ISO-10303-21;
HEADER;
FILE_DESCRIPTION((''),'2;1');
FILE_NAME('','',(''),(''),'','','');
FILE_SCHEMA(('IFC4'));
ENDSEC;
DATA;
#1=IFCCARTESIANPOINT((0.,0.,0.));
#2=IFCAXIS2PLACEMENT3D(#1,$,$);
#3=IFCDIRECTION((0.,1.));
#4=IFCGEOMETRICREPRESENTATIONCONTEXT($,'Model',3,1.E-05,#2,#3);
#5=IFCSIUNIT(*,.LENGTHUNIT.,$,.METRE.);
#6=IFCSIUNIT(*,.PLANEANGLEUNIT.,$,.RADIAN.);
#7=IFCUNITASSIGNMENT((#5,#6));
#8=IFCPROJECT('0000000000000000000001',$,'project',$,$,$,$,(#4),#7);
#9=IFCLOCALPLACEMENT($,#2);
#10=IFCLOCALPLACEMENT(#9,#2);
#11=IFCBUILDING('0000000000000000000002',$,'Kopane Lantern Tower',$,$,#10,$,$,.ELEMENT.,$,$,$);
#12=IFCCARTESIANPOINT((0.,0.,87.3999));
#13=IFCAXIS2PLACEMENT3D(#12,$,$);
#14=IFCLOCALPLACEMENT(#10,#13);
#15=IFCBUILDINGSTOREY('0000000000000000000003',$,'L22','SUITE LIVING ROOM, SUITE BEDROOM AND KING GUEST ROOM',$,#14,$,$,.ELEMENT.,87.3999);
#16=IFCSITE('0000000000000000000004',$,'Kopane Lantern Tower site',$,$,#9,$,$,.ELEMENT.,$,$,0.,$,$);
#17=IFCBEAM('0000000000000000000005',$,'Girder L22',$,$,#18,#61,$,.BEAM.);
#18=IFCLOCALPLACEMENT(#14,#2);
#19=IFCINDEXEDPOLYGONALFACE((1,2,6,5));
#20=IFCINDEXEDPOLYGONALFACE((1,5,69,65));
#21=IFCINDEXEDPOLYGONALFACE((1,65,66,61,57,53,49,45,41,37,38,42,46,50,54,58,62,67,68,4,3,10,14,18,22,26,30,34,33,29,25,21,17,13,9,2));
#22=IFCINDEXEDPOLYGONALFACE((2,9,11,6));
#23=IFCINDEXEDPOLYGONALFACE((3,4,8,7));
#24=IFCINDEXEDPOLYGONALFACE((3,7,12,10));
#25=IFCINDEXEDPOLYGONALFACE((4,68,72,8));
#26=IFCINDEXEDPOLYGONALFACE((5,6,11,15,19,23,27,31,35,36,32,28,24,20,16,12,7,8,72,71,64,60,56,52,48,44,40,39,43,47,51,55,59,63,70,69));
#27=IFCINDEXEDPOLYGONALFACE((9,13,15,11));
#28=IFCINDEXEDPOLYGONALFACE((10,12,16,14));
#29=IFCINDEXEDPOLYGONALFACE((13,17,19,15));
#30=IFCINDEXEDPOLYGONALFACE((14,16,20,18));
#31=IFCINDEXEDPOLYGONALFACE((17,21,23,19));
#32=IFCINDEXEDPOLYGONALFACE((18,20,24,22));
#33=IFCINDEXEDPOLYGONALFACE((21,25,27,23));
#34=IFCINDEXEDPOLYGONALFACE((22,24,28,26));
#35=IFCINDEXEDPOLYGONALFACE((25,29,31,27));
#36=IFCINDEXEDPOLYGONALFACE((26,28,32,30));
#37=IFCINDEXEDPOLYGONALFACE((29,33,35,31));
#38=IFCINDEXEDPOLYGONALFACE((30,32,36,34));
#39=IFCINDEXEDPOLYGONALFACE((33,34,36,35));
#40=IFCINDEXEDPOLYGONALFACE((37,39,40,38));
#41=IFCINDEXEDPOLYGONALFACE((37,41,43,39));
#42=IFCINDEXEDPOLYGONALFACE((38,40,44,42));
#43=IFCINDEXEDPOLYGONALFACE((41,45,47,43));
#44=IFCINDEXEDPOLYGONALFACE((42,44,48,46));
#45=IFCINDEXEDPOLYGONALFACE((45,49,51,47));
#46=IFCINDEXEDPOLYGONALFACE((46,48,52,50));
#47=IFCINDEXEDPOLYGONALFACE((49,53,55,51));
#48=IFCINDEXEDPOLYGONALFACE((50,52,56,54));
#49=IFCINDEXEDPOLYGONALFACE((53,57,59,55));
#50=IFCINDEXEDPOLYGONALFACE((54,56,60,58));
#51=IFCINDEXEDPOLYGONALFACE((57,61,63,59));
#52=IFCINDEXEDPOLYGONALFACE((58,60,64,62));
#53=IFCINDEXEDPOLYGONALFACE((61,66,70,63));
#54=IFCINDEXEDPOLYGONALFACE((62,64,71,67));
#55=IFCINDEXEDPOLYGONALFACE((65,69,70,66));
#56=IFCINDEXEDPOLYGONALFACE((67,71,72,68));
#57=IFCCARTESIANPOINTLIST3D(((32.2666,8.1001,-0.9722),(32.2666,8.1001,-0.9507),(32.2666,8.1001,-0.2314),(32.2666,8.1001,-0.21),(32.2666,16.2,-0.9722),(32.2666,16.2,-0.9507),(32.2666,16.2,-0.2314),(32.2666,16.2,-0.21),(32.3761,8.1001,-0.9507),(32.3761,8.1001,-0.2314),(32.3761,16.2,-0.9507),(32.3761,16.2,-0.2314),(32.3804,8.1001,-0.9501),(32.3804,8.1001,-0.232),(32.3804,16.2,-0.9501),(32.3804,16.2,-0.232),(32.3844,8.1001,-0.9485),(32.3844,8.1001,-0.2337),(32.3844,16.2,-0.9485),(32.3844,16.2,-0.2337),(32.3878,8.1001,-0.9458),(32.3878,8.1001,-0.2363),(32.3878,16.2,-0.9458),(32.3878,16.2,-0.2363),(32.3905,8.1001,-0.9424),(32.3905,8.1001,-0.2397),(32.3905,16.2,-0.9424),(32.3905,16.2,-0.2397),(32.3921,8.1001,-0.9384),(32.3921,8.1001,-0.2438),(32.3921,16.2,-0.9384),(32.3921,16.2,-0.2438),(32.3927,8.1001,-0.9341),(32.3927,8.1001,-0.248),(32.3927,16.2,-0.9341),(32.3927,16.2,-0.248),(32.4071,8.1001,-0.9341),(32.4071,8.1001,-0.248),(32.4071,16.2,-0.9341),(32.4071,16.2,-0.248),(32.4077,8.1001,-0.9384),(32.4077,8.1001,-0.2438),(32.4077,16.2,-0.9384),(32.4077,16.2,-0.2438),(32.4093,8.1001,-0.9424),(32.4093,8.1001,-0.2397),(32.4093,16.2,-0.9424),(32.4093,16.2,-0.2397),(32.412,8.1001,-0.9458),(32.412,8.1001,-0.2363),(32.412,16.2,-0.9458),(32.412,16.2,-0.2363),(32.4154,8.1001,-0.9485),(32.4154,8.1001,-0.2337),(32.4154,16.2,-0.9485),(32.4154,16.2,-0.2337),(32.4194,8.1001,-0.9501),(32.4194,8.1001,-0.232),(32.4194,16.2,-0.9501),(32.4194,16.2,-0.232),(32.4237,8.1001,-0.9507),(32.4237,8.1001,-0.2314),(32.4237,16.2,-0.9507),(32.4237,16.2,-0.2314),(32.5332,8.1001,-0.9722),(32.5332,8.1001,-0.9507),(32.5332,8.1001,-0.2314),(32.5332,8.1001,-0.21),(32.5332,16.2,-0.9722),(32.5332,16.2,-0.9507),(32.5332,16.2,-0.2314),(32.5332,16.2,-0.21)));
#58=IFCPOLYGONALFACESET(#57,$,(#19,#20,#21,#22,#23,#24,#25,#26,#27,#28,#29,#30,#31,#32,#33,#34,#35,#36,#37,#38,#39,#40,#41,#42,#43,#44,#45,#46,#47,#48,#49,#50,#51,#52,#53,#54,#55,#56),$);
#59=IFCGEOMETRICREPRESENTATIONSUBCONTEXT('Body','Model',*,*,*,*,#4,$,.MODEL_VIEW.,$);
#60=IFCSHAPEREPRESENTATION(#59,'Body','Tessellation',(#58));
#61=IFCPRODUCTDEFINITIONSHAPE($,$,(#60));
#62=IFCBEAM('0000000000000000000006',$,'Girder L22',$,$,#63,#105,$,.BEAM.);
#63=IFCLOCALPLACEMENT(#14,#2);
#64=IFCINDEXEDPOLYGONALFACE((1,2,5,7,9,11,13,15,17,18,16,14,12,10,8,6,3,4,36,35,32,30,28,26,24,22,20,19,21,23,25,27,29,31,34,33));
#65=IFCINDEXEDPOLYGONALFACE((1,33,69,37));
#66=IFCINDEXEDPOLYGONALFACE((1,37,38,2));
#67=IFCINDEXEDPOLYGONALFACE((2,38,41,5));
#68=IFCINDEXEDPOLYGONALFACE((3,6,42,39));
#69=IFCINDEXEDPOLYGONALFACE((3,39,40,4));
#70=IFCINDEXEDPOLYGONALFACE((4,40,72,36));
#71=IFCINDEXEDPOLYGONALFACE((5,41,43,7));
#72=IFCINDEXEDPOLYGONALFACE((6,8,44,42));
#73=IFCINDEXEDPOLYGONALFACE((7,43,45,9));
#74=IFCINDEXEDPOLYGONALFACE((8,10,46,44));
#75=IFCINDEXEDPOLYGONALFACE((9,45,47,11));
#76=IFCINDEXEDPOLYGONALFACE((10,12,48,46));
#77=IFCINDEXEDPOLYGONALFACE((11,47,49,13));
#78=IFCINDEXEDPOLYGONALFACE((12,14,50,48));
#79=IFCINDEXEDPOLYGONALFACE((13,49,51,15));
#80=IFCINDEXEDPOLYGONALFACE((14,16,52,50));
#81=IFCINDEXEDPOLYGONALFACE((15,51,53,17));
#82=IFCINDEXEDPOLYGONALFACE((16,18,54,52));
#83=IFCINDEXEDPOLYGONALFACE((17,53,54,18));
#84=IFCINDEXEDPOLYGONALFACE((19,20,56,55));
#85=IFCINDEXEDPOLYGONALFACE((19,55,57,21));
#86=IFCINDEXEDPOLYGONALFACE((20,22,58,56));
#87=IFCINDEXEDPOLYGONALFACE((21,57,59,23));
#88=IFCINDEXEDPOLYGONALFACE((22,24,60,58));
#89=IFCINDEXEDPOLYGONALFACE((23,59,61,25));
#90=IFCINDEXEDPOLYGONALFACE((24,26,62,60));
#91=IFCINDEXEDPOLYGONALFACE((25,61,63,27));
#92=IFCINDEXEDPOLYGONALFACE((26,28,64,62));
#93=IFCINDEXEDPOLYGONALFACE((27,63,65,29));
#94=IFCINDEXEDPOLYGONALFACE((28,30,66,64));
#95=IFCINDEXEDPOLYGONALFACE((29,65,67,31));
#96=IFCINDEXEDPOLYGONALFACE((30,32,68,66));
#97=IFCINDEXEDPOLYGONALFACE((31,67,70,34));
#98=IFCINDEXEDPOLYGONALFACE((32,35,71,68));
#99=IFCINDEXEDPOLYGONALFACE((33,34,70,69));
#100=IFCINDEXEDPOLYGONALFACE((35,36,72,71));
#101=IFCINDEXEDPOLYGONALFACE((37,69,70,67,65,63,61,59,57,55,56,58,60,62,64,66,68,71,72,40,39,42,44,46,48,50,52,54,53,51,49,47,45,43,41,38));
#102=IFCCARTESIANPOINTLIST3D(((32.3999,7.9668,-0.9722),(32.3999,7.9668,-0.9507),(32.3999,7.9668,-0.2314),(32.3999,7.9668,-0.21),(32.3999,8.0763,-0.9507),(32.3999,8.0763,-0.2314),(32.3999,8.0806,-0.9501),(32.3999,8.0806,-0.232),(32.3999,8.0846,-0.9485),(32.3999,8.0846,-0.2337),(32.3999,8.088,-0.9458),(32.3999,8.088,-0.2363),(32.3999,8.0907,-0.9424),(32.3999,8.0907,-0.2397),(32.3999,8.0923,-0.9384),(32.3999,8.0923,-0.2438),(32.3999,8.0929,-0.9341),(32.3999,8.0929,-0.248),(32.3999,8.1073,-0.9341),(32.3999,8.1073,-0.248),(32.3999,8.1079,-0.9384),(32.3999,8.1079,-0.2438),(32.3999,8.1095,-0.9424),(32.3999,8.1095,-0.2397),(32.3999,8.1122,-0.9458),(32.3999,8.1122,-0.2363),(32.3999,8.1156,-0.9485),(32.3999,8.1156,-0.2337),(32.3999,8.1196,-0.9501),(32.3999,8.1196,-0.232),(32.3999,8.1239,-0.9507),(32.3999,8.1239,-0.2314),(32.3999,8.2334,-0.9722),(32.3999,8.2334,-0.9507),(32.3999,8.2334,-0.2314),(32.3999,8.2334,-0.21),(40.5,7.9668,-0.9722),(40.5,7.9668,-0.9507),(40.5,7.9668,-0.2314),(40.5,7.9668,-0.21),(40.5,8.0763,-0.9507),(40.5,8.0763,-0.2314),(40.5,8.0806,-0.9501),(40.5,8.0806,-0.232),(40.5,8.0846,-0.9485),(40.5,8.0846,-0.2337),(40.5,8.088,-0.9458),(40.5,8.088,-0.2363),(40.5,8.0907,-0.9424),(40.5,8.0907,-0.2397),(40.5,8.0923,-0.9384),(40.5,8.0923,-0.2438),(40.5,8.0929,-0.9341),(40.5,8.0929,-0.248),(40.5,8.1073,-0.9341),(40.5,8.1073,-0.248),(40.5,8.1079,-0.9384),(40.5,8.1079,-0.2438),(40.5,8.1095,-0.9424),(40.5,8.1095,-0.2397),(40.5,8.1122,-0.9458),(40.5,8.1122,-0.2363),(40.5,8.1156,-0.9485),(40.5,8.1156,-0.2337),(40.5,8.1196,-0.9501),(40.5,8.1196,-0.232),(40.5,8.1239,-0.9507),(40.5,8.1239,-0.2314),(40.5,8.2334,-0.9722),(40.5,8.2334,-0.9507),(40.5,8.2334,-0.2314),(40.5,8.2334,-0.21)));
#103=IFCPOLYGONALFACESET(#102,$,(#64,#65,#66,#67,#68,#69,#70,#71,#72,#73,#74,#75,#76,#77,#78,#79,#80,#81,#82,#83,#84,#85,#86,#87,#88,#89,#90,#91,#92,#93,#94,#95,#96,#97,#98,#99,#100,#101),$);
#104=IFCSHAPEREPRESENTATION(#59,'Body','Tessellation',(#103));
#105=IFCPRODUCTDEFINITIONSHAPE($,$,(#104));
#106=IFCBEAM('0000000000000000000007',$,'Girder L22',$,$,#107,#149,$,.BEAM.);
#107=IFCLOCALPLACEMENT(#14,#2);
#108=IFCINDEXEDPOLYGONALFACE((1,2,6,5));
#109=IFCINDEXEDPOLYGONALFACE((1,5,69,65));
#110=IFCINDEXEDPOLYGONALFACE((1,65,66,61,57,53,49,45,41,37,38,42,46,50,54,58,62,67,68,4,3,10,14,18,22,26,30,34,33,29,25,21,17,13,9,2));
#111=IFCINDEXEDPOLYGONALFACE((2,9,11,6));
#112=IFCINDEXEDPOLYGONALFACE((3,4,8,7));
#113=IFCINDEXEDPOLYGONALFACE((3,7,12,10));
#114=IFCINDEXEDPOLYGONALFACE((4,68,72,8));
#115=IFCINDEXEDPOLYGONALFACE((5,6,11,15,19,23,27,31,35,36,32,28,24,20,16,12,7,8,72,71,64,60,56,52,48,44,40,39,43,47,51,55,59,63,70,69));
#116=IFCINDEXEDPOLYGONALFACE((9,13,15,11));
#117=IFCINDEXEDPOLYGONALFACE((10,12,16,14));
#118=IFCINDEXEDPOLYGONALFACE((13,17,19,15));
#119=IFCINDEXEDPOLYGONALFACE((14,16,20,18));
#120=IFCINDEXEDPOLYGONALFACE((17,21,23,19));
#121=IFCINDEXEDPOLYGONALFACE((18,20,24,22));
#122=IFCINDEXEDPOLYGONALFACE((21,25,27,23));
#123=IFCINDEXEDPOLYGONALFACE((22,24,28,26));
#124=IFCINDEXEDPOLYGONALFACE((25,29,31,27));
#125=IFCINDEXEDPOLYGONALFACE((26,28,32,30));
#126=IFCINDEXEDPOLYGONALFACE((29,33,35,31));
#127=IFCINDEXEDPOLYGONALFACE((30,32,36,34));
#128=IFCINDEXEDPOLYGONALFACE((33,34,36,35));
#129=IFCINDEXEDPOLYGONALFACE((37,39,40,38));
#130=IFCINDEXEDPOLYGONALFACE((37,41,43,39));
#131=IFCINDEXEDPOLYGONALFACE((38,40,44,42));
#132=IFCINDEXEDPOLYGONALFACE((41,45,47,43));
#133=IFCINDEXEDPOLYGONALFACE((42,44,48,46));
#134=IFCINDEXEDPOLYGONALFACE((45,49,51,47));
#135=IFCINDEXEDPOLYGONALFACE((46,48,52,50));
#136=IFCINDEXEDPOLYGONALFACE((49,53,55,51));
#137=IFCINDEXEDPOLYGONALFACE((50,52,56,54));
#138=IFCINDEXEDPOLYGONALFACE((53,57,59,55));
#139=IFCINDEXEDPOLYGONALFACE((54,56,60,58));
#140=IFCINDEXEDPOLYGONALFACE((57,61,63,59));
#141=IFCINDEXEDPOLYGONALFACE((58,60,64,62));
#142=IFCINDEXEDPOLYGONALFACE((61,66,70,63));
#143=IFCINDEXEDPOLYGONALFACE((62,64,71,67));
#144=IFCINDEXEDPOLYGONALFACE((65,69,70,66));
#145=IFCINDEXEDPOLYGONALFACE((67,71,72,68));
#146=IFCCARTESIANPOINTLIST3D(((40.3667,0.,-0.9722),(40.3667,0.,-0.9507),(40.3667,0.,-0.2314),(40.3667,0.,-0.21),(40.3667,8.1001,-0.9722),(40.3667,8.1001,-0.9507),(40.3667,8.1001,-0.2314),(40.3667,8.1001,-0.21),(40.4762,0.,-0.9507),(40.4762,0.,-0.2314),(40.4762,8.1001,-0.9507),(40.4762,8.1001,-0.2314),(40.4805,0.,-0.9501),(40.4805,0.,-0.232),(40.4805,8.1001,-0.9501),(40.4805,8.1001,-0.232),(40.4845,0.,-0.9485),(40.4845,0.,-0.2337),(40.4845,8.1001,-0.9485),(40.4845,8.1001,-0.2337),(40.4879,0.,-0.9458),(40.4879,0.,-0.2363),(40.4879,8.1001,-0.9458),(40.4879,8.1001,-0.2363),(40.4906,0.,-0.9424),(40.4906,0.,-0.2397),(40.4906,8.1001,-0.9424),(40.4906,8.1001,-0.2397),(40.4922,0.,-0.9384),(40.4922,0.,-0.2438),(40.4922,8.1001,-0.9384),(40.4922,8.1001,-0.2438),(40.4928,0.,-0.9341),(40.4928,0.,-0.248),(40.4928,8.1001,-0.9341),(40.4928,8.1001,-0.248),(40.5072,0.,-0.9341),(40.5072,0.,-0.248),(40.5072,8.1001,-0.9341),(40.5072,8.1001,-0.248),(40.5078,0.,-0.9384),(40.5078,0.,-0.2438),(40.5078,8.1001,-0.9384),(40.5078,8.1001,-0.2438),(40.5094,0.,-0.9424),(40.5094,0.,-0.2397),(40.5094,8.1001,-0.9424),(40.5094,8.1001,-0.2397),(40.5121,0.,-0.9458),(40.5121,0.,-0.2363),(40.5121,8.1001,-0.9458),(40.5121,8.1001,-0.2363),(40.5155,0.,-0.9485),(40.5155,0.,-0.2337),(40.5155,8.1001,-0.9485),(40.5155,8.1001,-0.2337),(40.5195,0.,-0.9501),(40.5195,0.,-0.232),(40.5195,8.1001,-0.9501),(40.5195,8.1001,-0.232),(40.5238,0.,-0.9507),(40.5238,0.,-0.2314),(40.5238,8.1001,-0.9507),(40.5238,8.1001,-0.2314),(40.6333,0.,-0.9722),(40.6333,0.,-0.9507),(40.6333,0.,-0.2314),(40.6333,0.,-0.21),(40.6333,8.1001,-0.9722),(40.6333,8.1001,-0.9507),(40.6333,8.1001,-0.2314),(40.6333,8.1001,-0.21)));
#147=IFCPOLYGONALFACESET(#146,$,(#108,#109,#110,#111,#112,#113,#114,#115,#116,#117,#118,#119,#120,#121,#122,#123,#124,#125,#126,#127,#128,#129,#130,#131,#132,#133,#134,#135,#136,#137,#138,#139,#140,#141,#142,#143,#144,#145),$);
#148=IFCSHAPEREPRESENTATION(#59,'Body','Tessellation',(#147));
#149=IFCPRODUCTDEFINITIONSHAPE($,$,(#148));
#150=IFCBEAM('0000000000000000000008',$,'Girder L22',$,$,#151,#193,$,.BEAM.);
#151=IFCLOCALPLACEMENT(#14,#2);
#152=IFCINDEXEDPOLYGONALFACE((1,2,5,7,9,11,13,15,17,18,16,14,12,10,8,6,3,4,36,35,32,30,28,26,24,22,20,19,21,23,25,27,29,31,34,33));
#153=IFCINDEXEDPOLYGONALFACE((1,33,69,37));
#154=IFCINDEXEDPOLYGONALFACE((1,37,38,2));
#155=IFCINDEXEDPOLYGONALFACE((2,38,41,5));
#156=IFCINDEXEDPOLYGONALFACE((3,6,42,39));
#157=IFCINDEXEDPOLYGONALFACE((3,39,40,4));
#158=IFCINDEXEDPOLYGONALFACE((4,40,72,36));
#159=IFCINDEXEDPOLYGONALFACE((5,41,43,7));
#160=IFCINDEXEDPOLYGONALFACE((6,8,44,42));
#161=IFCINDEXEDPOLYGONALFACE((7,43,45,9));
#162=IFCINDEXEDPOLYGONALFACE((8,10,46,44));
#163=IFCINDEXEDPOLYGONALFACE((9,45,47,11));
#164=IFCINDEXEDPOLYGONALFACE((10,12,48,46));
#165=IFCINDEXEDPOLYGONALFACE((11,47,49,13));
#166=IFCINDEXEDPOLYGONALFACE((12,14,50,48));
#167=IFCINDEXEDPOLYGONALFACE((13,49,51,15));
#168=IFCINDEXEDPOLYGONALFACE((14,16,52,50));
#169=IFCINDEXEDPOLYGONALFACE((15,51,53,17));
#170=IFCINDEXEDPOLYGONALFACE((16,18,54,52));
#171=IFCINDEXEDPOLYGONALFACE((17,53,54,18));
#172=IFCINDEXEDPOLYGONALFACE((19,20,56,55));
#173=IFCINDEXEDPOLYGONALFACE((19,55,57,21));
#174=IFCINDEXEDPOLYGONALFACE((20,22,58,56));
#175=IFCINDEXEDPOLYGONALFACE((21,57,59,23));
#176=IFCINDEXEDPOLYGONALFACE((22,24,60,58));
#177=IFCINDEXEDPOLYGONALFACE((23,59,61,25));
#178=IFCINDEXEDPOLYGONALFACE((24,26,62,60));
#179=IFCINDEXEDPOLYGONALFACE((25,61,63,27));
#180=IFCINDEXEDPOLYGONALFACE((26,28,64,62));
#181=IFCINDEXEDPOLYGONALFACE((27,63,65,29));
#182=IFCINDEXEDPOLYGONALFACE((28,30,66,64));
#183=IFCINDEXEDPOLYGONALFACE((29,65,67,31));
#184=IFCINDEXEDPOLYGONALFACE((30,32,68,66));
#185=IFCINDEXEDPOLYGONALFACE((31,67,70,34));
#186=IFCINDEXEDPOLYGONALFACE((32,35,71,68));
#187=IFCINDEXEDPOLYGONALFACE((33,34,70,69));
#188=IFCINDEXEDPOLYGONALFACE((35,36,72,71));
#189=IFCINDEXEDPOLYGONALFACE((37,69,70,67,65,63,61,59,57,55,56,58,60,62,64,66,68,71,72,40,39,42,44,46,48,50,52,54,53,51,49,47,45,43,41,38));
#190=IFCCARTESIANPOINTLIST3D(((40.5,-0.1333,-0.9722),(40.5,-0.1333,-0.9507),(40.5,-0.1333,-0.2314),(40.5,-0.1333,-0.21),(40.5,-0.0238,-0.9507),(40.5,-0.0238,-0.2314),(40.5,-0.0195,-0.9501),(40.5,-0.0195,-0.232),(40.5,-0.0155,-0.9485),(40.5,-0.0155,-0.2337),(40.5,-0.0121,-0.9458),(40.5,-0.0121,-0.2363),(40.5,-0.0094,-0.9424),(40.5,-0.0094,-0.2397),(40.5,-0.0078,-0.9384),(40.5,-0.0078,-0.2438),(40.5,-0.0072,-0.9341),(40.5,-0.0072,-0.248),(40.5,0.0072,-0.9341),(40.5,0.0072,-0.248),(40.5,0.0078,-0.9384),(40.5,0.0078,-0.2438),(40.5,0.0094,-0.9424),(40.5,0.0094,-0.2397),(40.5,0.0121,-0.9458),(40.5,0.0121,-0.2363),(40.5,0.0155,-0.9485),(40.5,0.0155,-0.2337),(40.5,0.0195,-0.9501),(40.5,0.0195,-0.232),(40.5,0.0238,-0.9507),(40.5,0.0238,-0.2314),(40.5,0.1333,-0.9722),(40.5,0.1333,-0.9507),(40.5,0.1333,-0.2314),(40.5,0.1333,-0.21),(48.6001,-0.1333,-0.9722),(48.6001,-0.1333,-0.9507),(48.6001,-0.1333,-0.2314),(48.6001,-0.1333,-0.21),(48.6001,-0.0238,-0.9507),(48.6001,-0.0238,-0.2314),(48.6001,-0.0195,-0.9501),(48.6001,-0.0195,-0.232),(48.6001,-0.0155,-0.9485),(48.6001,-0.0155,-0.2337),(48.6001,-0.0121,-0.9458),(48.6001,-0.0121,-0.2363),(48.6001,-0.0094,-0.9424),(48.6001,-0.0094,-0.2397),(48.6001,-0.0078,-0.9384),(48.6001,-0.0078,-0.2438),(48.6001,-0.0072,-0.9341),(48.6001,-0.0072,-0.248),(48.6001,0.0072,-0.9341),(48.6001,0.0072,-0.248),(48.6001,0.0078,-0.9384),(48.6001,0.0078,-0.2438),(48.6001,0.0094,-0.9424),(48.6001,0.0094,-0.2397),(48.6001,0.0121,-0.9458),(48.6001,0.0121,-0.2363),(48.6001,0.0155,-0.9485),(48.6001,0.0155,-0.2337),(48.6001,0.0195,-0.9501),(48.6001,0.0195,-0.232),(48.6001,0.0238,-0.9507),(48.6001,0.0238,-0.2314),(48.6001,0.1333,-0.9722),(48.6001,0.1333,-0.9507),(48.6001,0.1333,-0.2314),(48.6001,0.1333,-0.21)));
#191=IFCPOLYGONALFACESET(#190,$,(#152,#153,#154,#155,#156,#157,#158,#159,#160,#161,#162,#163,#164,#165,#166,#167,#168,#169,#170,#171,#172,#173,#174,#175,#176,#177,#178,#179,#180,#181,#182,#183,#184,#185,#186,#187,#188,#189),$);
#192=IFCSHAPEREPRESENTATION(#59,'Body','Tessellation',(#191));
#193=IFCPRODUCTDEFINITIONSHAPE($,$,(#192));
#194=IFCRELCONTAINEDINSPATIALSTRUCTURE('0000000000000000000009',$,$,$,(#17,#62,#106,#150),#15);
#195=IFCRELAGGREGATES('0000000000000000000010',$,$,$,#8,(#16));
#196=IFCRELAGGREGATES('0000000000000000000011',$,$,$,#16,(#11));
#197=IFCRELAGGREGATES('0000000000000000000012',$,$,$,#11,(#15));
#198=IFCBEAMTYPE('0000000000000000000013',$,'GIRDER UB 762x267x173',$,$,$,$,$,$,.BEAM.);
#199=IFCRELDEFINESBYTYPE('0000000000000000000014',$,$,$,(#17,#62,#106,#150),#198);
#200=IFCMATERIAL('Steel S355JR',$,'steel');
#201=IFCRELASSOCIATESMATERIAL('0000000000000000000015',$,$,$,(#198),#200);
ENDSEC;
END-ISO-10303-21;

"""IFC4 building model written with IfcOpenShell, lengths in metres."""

from ifc_helpers import new_model, si_unit, direction, frame, origin, origin_2d, place, context, subcontext, project, spatial, i_section, extrude, material, material_profile, profile_set, type_object, element, save


model = new_model("IFC4")

# Units and contexts
model_context = context("Model", 3, precision=1e-05, world=origin(), true_north=direction((0.0, 1.0)))
body_context = subcontext(model_context, "Body", "Model", "MODEL_VIEW")
ifc_project = project(units=[si_unit("LENGTHUNIT", "METRE"), si_unit("PLANEANGLEUNIT", "RADIAN")], contexts=[model_context])

# Site, building, storey
site_placement = place(None, origin())
site = spatial("IfcSite", under=ifc_project, at=site_placement, Name="Kopane Lantern Tower site", CompositionType="ELEMENT", RefElevation=0.0)
building_placement = place(site_placement, origin())
building = spatial("IfcBuilding", under=site, at=building_placement, Name="Kopane Lantern Tower", CompositionType="ELEMENT")
storey_placement = place(building_placement, frame((0.0, 0.0, 87.3999)))
storey = spatial("IfcBuildingStorey", under=building, at=storey_placement, Name="L22", Description="SUITE LIVING ROOM, SUITE BEDROOM AND KING GUEST ROOM", CompositionType="ELEMENT", Elevation=87.3999)

# Beams
ifc_material_1 = material(Name="Steel S355JR", Category="steel")
ifc_material_profile_1 = material_profile(ifc_material_1, i_section(OverallWidth=0.2666, OverallDepth=0.7622, WebThickness=0.0144, FlangeThickness=0.0215, FilletRadius=0.0166, at=origin_2d()), Name="UB 762x267x173")
ifc_profile_set_1 = profile_set([ifc_material_profile_1], Name="Steel S355JR")
beam_type = type_object("IfcBeamType", Name="GIRDER UB 762x267x173", PredefinedType="BEAM", material=ifc_profile_set_1)
beam_1_placement = place(storey_placement, frame((32.3999, 8.1001, -0.5911), z_axis=(0.0, 1.0, 0.0), x_axis=(-1.0, 0.0, 0.0)))
element("IfcBeam", 1, at=beam_1_placement, inside=storey, type_object=beam_type, Name="Girder L22", PredefinedType="BEAM", context=body_context, shape_type="SweptSolid", body=[
    extrude(i_section(OverallWidth=0.2666, OverallDepth=0.7622, WebThickness=0.0144, FlangeThickness=0.0215, FilletRadius=0.0166, at=origin_2d()), origin(), (0.0, 0.0, 1.0), 8.0999),
])
for number, where, z_axis, x_axis, name in (
    (2, (32.3999, 8.1001, -0.5911), (1.0, 0.0, 0.0), (0.0, 1.0, 0.0), "Girder L22"),
    (3, (40.5, 0.0, -0.5911), (0.0, 1.0, 0.0), (-1.0, 0.0, 0.0), "Girder L22"),
    (4, (40.5, 0.0, -0.5911), (1.0, 0.0, 0.0), (0.0, 1.0, 0.0), "Girder L22"),
):
    element("IfcBeam", number, at=place(storey_placement, frame(where, z_axis=z_axis, x_axis=x_axis)), inside=storey, type_object=beam_type, Name=name, PredefinedType="BEAM", context=body_context, shape_type="SweptSolid", body=[
        extrude(i_section(OverallWidth=0.2666, OverallDepth=0.7622, WebThickness=0.0144, FlangeThickness=0.0215, FilletRadius=0.0166, at=origin_2d()), origin(), (0.0, 0.0, 1.0), 8.1001),
    ])

save(model, "model.ifc")
